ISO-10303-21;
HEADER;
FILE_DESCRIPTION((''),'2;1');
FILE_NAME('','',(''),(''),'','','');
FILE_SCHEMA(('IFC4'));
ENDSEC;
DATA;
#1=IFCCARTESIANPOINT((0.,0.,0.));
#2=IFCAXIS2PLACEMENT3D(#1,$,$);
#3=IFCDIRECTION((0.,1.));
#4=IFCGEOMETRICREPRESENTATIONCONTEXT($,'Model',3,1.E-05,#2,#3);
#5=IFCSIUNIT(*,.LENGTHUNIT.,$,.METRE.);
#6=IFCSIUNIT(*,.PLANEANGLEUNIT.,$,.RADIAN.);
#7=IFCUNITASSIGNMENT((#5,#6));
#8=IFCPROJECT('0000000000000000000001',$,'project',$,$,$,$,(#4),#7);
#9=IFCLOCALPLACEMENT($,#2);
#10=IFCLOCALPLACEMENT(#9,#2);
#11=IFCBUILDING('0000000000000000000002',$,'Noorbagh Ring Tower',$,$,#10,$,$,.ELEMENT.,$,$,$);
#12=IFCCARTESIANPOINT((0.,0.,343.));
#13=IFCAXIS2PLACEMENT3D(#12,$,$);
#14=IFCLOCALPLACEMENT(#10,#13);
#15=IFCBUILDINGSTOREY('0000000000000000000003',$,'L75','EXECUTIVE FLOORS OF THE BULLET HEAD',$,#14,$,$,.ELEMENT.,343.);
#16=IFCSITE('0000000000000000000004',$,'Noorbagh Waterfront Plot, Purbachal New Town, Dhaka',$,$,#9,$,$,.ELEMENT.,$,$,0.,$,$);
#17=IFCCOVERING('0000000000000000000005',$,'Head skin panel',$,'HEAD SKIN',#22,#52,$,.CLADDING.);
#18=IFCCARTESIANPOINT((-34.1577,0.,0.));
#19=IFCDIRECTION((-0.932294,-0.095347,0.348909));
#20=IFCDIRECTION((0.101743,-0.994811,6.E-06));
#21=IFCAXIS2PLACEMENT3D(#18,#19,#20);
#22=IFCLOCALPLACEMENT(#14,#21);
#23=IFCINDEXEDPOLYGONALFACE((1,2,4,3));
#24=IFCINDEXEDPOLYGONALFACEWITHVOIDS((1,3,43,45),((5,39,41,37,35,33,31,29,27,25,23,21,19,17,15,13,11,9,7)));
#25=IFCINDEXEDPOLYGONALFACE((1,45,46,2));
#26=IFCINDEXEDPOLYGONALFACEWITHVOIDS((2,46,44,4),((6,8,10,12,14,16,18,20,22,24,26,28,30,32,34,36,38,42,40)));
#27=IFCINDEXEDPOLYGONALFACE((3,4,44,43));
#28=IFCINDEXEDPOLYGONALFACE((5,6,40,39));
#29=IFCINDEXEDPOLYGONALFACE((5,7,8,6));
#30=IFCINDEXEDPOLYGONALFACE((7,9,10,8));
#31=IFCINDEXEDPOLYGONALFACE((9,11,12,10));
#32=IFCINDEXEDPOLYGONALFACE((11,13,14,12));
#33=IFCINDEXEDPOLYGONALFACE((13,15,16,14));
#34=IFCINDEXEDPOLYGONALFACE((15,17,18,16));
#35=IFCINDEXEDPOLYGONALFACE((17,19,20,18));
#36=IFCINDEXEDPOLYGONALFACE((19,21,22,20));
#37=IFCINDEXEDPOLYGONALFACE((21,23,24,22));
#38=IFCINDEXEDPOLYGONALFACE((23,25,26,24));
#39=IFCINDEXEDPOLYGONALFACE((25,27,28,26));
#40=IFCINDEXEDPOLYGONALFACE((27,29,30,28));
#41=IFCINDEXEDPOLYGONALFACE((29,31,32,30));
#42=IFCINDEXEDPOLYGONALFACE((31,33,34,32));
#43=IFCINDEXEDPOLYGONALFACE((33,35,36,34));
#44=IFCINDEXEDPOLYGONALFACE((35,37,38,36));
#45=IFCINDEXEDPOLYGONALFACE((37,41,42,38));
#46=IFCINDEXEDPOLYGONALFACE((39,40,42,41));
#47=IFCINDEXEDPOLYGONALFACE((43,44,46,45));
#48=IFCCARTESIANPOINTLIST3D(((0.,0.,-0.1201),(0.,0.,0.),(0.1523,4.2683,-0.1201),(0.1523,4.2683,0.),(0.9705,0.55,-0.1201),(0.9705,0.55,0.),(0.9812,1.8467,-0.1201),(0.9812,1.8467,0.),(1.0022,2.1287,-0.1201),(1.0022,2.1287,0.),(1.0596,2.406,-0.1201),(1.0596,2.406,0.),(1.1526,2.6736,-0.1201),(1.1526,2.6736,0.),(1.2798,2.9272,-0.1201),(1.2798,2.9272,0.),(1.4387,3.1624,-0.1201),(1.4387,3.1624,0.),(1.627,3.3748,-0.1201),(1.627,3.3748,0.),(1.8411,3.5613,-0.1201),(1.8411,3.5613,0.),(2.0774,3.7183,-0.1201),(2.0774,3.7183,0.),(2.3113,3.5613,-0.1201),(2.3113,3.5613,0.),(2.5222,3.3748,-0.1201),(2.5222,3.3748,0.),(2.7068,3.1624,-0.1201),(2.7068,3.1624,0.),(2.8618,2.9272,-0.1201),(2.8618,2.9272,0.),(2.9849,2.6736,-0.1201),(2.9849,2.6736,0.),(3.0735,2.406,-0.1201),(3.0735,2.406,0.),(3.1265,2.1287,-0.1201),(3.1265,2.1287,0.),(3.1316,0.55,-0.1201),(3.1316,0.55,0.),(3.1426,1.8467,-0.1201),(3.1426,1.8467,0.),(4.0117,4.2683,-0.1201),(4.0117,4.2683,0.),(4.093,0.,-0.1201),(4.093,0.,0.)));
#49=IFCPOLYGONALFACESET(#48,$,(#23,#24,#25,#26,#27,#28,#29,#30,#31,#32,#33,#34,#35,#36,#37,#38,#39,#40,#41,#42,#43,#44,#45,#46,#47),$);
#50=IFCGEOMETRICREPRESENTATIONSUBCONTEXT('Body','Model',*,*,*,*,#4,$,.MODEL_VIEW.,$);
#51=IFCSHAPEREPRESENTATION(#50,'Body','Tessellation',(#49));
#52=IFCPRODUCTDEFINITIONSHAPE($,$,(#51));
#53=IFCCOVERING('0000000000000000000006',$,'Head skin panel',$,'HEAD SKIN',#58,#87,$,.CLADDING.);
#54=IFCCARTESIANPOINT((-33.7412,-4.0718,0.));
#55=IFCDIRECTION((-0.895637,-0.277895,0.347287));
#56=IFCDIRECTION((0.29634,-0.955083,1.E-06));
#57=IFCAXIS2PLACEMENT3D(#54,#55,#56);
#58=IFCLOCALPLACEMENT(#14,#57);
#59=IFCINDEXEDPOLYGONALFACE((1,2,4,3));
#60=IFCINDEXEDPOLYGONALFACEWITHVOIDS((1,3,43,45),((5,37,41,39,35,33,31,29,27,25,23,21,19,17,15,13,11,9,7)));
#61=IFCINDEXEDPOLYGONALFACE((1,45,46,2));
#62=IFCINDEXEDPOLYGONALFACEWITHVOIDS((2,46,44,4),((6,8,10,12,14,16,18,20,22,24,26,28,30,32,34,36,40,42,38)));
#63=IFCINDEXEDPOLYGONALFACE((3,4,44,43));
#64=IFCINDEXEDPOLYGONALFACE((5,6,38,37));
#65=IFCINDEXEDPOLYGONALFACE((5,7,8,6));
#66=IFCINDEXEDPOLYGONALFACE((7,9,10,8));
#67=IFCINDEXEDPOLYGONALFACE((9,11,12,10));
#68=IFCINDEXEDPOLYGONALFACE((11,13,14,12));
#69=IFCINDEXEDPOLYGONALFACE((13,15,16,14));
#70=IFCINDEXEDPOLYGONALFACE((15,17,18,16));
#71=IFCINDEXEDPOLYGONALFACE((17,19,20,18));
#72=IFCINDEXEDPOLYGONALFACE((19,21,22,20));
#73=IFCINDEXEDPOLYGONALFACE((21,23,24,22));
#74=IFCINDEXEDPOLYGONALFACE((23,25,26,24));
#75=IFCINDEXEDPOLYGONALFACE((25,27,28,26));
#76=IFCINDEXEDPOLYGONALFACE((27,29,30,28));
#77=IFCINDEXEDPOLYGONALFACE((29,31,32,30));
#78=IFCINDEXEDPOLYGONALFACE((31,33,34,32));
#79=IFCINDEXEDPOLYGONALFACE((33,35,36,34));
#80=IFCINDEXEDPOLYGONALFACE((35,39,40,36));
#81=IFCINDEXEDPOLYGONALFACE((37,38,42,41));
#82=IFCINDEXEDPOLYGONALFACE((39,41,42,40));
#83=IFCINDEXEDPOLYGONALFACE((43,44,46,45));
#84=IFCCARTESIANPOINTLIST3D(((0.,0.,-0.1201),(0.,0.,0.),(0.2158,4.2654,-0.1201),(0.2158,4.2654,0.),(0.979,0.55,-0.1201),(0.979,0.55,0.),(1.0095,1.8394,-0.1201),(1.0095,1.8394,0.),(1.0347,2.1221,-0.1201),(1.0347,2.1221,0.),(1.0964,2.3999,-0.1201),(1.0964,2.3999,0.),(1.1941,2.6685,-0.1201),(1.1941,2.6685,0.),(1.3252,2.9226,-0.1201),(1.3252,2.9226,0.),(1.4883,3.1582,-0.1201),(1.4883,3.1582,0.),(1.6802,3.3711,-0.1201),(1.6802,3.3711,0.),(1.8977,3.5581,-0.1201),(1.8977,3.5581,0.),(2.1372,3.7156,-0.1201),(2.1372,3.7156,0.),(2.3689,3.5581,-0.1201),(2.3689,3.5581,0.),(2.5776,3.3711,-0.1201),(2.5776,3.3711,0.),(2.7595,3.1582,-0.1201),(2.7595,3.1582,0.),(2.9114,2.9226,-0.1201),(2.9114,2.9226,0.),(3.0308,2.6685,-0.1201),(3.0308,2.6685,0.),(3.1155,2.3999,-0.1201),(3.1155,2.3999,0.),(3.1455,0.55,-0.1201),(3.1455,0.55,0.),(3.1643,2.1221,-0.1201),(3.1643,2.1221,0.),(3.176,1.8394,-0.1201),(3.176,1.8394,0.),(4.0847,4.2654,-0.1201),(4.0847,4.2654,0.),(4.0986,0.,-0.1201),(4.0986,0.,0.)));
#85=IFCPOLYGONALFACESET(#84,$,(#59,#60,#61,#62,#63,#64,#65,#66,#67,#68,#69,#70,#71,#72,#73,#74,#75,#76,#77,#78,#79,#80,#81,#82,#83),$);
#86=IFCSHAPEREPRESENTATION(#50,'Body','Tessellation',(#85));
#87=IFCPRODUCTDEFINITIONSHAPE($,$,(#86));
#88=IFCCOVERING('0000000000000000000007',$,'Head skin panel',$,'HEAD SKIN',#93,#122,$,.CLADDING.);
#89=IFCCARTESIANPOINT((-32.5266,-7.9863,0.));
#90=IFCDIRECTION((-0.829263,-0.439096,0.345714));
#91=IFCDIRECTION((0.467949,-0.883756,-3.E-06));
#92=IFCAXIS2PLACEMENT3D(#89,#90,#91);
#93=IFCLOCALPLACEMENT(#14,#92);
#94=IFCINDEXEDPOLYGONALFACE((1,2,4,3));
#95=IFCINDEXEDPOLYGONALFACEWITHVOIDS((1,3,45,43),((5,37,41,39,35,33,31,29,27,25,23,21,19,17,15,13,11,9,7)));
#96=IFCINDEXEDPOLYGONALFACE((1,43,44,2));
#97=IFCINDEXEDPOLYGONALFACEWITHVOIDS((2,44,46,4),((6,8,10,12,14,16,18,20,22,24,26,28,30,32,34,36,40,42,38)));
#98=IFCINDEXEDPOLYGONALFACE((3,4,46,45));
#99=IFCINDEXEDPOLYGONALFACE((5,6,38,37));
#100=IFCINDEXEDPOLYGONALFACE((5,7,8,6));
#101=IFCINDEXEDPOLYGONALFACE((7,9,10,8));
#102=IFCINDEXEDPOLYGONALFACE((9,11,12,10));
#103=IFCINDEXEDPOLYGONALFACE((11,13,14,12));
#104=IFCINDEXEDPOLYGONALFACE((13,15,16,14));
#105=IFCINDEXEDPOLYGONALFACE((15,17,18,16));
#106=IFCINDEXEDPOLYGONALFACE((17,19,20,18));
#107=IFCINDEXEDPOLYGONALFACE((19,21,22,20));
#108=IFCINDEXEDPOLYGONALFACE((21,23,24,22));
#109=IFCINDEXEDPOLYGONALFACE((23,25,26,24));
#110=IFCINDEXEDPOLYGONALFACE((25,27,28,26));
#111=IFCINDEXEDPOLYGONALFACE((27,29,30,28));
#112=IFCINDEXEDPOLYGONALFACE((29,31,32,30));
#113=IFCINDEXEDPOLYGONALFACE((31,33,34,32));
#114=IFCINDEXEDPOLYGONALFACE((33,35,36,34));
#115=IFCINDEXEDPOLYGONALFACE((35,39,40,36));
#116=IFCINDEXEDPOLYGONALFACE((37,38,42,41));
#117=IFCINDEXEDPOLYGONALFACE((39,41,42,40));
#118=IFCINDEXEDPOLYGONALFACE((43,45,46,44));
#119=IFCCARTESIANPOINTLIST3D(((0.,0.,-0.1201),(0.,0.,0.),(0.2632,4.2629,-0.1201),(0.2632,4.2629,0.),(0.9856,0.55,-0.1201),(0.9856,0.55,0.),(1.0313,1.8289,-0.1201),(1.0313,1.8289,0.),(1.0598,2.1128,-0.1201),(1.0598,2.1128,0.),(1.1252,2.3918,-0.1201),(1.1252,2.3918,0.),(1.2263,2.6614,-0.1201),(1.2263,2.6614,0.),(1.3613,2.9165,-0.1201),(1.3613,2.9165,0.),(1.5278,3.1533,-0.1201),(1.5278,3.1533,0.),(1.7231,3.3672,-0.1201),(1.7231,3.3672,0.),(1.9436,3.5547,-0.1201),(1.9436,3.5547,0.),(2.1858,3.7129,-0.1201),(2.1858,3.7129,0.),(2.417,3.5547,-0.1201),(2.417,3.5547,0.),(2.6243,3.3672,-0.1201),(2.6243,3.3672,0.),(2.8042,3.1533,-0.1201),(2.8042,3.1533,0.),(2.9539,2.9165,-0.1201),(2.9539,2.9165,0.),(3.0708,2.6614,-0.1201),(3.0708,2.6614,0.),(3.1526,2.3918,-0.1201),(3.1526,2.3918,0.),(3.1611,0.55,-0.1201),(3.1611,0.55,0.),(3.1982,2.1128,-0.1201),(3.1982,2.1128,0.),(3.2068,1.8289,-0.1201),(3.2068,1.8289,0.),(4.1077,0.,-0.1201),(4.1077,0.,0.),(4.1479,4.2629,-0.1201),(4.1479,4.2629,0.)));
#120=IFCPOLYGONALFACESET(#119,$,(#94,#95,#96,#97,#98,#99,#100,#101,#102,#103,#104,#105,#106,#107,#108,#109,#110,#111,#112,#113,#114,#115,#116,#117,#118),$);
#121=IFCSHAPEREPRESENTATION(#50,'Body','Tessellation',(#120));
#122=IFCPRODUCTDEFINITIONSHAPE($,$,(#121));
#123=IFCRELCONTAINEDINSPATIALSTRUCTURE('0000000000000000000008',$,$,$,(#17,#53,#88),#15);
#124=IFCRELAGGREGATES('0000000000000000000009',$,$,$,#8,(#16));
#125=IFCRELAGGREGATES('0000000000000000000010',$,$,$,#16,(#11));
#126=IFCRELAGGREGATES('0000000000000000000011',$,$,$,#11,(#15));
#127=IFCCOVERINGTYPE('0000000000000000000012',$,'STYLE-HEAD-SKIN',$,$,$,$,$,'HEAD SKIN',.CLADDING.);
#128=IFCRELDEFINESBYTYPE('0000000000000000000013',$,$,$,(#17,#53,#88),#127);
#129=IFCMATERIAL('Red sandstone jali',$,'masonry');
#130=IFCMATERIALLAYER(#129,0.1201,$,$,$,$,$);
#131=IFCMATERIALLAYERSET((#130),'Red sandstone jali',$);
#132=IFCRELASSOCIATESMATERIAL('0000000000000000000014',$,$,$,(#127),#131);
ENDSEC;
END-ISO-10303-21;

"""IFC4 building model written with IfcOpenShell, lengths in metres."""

from ifc_helpers import new_model, si_unit, direction, frame, origin, place, context, subcontext, project, spatial, polyline, outline, extrude, material, layer, layer_set, type_object, element, save


model = new_model("IFC4")

# Units and contexts
model_context = context("Model", 3, precision=1e-05, world=origin(), true_north=direction((0.0, 1.0)))
body_context = subcontext(model_context, "Body", "Model", "MODEL_VIEW")
ifc_project = project(units=[si_unit("LENGTHUNIT", "METRE"), si_unit("PLANEANGLEUNIT", "RADIAN")], contexts=[model_context])

# Site, building, storey
site_placement = place(None, origin())
site = spatial("IfcSite", under=ifc_project, at=site_placement, Name="Noorbagh Waterfront Plot, Purbachal New Town, Dhaka", CompositionType="ELEMENT", RefElevation=0.0)
building_placement = place(site_placement, origin())
building = spatial("IfcBuilding", under=site, at=building_placement, Name="Noorbagh Ring Tower", CompositionType="ELEMENT")
storey_placement = place(building_placement, frame((0.0, 0.0, 343.0)))
storey = spatial("IfcBuildingStorey", under=building, at=storey_placement, Name="L75", Description="EXECUTIVE FLOORS OF THE BULLET HEAD", CompositionType="ELEMENT", Elevation=343.0)

# Coverings
ifc_material_1 = material(Name="Red sandstone jali", Category="masonry")
ifc_layer_1 = layer(ifc_material_1, 0.1201)
ifc_layer_set_1 = layer_set([ifc_layer_1], Name="Red sandstone jali")
covering_type_1 = type_object("IfcCoveringType", Name="STYLE-HEAD-SKIN", ElementType="HEAD SKIN", PredefinedType="CLADDING", material=ifc_layer_set_1)
covering_1_placement = place(storey_placement, frame((-34.1577, 0.0, 0.0), z_axis=(-0.932294, -0.095347, 0.348909), x_axis=(0.101743, -0.994811, 0.000006)))
element("IfcCovering", 1, at=covering_1_placement, inside=storey, type_object=covering_type_1, Name="Head skin panel", ObjectType="HEAD SKIN", PredefinedType="CLADDING", context=body_context, shape_type="SweptSolid", body=[
    extrude(outline(polyline([(0.0, 0.0), (4.093, 0.0), (4.0117, 4.2683), (0.1523, 4.2683), (0.0, 0.0)]), holes=[polyline([(0.9705, 0.55), (0.9812, 1.8467), (1.0022, 2.1287), (1.0596, 2.406), (1.1526, 2.6736), (1.2798, 2.9272), (1.4387, 3.1624), (1.627, 3.3748), (1.8411, 3.5613), (2.0774, 3.7183), (2.3113, 3.5613), (2.5222, 3.3748), (2.7068, 3.1624), (2.8618, 2.9272), (2.9849, 2.6736), (3.0735, 2.406), (3.1265, 2.1287), (3.1426, 1.8467), (3.1316, 0.55), (0.9705, 0.55)])]), origin(), (0.0, 0.0, -1.0), 0.1201),
])
covering_2_placement = place(storey_placement, frame((-33.7412, -4.0718, 0.0), z_axis=(-0.895637, -0.277895, 0.347287), x_axis=(0.29634, -0.955083, 0.000001)))
element("IfcCovering", 2, at=covering_2_placement, inside=storey, type_object=covering_type_1, Name="Head skin panel", ObjectType="HEAD SKIN", PredefinedType="CLADDING", context=body_context, shape_type="SweptSolid", body=[
    extrude(outline(polyline([(0.0, 0.0), (4.0986, 0.0), (4.0847, 4.2654), (0.2158, 4.2654), (0.0, 0.0)]), holes=[polyline([(0.979, 0.55), (1.0095, 1.8394), (1.0347, 2.1221), (1.0964, 2.3999), (1.1941, 2.6685), (1.3252, 2.9226), (1.4883, 3.1582), (1.6802, 3.3711), (1.8977, 3.5581), (2.1372, 3.7156), (2.3689, 3.5581), (2.5776, 3.3711), (2.7595, 3.1582), (2.9114, 2.9226), (3.0308, 2.6685), (3.1155, 2.3999), (3.1643, 2.1221), (3.176, 1.8394), (3.1455, 0.55), (0.979, 0.55)])]), origin(), (0.0, 0.0, -1.0), 0.1201),
])
covering_3_placement = place(storey_placement, frame((-32.5266, -7.9863, 0.0), z_axis=(-0.829263, -0.439096, 0.345714), x_axis=(0.467949, -0.883756, -0.000003)))
element("IfcCovering", 3, at=covering_3_placement, inside=storey, type_object=covering_type_1, Name="Head skin panel", ObjectType="HEAD SKIN", PredefinedType="CLADDING", context=body_context, shape_type="SweptSolid", body=[
    extrude(outline(polyline([(0.0, 0.0), (4.1077, 0.0), (4.1479, 4.2629), (0.2632, 4.2629), (0.0, 0.0)]), holes=[polyline([(0.9856, 0.55), (1.0312, 1.8289), (1.0598, 2.1128), (1.1252, 2.3918), (1.2263, 2.6614), (1.3613, 2.9165), (1.5278, 3.1533), (1.7231, 3.3672), (1.9436, 3.5547), (2.1858, 3.7129), (2.417, 3.5547), (2.6243, 3.3672), (2.8042, 3.1533), (2.9539, 2.9165), (3.0708, 2.6614), (3.1526, 2.3918), (3.1982, 2.1128), (3.2068, 1.8289), (3.1611, 0.55), (0.9856, 0.55)])]), origin(), (0.0, 0.0, -1.0), 0.1201),
])

save(model, "model.ifc")
